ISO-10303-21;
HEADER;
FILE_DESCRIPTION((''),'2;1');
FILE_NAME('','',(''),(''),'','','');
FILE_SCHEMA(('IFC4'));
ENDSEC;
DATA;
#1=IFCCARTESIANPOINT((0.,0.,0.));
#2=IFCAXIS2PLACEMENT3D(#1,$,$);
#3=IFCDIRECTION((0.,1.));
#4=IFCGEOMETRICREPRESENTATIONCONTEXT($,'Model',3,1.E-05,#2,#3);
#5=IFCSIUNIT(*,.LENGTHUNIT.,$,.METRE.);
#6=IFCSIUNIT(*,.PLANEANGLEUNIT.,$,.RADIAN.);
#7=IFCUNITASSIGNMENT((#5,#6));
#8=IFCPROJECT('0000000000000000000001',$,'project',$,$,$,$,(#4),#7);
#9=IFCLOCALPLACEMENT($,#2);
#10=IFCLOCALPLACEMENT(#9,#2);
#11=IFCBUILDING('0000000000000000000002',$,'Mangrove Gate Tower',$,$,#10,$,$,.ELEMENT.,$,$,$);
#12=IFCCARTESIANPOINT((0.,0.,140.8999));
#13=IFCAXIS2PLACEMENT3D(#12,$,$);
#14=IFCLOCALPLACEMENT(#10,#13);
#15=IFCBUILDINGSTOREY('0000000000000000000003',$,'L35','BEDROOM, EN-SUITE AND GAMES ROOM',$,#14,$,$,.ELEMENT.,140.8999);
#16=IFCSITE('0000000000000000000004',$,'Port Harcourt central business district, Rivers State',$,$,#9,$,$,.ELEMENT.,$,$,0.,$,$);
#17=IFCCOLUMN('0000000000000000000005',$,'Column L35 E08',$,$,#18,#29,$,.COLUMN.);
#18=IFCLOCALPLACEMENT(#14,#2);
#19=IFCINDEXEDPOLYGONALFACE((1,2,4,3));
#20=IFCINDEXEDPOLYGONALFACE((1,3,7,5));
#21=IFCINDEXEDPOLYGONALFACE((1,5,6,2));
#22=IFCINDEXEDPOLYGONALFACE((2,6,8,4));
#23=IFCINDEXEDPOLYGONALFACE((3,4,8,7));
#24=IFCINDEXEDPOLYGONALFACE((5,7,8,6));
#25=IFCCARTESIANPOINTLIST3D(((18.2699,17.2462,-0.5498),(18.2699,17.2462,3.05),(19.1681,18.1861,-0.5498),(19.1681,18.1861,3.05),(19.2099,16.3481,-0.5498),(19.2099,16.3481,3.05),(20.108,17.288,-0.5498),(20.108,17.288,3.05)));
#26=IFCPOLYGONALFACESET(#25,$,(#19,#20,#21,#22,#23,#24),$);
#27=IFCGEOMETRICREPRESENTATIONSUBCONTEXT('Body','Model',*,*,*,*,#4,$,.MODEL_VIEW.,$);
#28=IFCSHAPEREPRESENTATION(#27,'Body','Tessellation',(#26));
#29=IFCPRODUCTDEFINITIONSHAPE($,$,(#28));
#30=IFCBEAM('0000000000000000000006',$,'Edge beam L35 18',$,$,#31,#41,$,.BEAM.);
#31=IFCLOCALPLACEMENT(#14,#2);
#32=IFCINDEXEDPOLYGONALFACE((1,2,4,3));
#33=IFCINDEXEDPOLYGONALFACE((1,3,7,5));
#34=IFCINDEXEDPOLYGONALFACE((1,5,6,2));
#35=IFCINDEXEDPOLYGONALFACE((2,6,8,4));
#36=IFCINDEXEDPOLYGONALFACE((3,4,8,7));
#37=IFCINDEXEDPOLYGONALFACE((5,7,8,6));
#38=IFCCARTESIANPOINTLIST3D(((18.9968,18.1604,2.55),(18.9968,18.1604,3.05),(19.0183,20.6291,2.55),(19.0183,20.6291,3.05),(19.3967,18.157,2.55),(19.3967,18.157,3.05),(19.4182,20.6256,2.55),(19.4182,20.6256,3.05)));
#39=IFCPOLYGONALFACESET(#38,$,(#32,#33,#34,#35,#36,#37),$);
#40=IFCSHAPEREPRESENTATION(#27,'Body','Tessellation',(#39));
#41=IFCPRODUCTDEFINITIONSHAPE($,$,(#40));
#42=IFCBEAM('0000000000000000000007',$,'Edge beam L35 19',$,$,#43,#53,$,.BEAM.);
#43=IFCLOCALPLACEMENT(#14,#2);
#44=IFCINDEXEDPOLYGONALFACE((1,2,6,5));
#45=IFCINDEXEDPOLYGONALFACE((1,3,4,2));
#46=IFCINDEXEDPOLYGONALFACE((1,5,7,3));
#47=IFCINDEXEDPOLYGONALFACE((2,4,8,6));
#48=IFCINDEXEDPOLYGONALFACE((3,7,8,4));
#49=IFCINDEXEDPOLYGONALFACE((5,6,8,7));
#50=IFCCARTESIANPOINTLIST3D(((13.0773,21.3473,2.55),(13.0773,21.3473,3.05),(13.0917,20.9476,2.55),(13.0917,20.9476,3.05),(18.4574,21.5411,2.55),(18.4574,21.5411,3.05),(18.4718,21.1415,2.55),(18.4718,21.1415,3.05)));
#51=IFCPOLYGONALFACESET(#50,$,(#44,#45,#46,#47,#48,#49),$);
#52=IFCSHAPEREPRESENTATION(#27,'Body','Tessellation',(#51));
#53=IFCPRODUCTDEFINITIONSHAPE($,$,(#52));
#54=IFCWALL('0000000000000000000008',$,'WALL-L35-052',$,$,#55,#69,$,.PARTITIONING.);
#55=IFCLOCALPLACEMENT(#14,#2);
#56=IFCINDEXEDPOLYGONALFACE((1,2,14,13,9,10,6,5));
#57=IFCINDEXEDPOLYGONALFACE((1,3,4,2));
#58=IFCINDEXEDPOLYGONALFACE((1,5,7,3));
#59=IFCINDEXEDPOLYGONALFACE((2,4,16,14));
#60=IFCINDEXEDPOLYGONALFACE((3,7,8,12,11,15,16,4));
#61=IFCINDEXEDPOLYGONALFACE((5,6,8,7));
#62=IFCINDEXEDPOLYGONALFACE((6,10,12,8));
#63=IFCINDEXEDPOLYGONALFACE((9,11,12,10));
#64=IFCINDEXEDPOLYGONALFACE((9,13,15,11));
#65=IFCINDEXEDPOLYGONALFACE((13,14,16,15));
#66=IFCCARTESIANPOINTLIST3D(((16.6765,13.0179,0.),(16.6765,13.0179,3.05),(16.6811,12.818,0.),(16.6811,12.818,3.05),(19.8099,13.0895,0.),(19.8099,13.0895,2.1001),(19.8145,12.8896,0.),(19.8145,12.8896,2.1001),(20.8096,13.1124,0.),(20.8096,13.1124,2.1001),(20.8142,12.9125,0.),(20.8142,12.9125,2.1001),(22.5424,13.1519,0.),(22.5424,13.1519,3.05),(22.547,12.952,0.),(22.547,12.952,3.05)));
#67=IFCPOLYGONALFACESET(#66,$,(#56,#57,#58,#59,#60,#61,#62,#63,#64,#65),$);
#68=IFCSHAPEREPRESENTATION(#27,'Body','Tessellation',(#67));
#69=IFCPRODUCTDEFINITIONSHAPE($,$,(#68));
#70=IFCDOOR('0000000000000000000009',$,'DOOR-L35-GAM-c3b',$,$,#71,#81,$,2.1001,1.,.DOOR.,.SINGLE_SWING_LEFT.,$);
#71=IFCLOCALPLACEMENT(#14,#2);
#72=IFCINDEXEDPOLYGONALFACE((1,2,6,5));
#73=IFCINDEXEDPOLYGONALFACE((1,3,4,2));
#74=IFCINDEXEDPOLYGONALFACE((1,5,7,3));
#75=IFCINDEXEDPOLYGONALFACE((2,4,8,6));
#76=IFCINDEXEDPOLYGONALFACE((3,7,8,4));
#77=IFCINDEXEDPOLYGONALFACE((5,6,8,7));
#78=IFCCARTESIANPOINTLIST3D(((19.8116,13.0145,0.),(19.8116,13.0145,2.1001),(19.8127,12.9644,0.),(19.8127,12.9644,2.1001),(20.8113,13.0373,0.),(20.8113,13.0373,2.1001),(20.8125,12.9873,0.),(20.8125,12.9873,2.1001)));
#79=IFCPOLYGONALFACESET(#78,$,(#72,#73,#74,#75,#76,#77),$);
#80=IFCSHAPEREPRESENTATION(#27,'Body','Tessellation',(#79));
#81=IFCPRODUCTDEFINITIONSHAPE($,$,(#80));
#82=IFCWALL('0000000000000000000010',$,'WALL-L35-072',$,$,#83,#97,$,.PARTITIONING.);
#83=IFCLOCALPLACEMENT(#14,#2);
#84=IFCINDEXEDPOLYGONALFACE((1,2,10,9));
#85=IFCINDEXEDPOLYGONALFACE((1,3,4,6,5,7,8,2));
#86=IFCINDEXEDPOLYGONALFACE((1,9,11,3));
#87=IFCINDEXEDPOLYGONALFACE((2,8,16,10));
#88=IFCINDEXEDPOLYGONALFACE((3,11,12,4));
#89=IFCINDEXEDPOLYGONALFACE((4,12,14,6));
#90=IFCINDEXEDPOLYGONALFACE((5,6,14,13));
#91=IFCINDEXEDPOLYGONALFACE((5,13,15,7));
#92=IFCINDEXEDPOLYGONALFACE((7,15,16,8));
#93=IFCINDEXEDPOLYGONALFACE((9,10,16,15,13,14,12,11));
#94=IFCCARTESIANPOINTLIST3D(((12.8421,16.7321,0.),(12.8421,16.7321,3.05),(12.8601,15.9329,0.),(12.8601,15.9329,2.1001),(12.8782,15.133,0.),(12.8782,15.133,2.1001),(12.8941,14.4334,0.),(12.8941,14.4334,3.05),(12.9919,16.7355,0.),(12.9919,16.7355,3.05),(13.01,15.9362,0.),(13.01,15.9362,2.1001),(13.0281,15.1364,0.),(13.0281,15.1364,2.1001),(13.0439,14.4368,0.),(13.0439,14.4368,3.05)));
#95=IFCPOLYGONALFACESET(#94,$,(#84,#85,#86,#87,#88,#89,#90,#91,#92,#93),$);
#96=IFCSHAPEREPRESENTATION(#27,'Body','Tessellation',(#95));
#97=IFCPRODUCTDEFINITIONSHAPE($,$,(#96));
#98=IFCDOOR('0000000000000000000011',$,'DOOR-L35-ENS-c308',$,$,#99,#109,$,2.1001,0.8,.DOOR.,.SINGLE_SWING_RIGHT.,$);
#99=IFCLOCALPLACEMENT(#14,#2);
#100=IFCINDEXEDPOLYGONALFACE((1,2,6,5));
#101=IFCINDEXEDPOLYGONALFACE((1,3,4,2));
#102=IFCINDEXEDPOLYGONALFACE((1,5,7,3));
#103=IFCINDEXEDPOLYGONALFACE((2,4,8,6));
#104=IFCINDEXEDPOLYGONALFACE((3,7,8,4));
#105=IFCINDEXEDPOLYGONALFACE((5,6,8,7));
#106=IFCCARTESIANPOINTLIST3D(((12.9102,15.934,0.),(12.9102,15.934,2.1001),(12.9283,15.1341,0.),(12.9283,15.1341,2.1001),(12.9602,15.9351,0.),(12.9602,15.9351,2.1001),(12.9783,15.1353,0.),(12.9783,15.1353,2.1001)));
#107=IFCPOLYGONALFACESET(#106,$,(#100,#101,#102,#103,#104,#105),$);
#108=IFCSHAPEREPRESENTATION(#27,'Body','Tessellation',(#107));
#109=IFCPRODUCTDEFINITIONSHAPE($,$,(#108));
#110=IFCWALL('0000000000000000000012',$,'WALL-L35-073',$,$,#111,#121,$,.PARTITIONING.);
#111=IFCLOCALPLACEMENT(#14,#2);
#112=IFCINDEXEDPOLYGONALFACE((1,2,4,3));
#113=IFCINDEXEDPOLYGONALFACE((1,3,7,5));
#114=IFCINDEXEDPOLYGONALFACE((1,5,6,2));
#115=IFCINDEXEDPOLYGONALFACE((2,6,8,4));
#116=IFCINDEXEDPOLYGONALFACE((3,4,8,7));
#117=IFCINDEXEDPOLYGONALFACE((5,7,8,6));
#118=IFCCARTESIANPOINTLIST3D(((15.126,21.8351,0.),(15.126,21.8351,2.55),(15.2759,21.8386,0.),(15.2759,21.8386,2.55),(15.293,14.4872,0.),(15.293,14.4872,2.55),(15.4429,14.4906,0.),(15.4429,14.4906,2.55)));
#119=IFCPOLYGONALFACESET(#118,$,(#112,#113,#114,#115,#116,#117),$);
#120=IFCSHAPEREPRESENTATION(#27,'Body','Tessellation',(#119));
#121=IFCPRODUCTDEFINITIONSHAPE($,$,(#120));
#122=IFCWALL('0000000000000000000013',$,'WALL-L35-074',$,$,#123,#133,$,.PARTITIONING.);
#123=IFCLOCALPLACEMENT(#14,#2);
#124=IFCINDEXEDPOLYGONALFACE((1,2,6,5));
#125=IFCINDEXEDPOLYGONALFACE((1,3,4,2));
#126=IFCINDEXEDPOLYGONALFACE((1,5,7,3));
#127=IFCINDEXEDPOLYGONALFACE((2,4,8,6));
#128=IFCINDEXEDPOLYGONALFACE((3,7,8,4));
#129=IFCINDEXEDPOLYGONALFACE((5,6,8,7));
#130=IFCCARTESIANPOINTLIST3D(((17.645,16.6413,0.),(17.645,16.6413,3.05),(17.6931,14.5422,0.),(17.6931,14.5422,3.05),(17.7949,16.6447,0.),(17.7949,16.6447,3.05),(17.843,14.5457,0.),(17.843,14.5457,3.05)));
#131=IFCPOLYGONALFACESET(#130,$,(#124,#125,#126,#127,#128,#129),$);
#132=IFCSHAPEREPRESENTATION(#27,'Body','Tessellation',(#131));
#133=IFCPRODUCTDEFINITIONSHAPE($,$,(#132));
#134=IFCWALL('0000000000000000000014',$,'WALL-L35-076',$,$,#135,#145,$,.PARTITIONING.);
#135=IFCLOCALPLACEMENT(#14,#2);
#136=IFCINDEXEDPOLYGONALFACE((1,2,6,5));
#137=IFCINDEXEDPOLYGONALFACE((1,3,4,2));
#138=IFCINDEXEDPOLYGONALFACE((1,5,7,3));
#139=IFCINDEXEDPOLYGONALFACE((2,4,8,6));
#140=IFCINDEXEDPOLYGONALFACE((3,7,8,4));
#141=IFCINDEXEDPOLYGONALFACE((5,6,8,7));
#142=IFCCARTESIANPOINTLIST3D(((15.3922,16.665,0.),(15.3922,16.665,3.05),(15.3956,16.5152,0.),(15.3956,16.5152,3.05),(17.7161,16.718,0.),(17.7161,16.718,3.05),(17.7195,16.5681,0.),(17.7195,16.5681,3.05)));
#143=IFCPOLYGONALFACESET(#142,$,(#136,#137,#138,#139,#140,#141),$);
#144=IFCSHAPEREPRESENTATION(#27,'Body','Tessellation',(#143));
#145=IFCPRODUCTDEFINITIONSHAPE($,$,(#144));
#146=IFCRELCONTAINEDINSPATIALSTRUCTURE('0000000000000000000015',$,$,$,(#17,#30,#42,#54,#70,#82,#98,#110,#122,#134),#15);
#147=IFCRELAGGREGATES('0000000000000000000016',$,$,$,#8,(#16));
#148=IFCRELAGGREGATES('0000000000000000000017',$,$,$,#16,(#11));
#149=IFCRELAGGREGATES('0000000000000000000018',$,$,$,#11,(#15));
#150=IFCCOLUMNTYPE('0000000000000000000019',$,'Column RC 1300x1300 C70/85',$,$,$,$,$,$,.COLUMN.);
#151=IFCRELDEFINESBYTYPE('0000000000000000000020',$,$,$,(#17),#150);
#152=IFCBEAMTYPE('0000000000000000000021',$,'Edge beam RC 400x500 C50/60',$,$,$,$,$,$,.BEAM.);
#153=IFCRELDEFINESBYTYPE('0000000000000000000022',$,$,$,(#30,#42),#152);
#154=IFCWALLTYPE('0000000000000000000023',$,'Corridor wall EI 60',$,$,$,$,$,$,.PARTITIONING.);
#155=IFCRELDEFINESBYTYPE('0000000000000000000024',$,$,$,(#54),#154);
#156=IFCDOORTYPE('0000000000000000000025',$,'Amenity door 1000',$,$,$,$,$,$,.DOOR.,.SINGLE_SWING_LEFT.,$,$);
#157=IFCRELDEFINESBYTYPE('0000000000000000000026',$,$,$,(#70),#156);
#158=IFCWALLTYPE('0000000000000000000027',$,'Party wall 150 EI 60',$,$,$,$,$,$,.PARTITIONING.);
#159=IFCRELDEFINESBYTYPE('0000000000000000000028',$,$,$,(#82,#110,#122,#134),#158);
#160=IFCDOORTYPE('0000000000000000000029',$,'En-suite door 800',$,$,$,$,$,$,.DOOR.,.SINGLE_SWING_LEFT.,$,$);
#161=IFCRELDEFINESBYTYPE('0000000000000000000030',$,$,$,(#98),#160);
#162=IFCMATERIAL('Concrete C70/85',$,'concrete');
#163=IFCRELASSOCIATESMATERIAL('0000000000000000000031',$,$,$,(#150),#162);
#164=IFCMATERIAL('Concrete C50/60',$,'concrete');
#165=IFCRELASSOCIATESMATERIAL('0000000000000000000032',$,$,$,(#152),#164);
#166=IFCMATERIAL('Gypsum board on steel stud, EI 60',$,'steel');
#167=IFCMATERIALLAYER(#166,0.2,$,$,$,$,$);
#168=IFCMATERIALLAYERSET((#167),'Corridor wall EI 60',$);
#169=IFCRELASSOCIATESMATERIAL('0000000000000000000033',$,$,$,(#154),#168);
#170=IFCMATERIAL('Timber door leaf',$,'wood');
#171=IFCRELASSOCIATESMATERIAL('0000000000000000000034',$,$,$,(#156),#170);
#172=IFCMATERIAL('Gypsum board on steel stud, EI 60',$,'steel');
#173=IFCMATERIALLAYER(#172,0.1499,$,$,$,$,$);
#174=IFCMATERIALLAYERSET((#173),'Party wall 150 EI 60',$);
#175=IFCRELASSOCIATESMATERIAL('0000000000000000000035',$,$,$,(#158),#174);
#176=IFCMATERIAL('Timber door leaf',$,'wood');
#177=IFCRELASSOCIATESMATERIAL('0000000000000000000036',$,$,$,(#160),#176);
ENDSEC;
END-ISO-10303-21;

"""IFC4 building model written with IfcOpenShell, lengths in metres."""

from ifc_helpers import new_model, si_unit, direction, frame, frame_2d, origin, origin_2d, place, context, subcontext, project, spatial, rectangle, extrude, material, layer, layer_set, material_profile, profile_set, type_object, element, fill, save


model = new_model("IFC4")

# Units and contexts
model_context = context("Model", 3, precision=1e-05, world=origin(), true_north=direction((0.0, 1.0)))
body_context = subcontext(model_context, "Body", "Model", "MODEL_VIEW")
ifc_project = project(units=[si_unit("LENGTHUNIT", "METRE"), si_unit("PLANEANGLEUNIT", "RADIAN")], contexts=[model_context])

# Site, building, storey
site_placement = place(None, origin())
site = spatial("IfcSite", under=ifc_project, at=site_placement, Name="Port Harcourt central business district, Rivers State", CompositionType="ELEMENT", RefElevation=0.0)
building_placement = place(site_placement, origin())
building = spatial("IfcBuilding", under=site, at=building_placement, Name="Mangrove Gate Tower", CompositionType="ELEMENT")
storey_placement = place(building_placement, frame((0.0, 0.0, 140.8999)))
storey = spatial("IfcBuildingStorey", under=building, at=storey_placement, Name="L35", Description="BEDROOM, EN-SUITE AND GAMES ROOM", CompositionType="ELEMENT", Elevation=140.8999)

# Column
ifc_material_1 = material(Name="Concrete C70/85", Category="concrete")
ifc_material_profile_1 = material_profile(ifc_material_1, rectangle(XDim=1.3, YDim=1.3, at=origin_2d()))
ifc_profile_set_1 = profile_set([ifc_material_profile_1], Name="Concrete C70/85")
column_type = type_object("IfcColumnType", Name="Column RC 1300x1300 C70/85", PredefinedType="COLUMN", material=ifc_profile_set_1)
column_placement = place(storey_placement, frame((19.189, 17.2671, -0.5498), z_axis=(0.0, 0.0, 1.0), x_axis=(-0.723, 0.690848, 0.0)))
element("IfcColumn", 1, at=column_placement, inside=storey, type_object=column_type, Name="Column L35 E08", PredefinedType="COLUMN", context=body_context, shape_type="SweptSolid", body=[
    extrude(rectangle(XDim=1.3, YDim=1.3, at=origin_2d()), origin(), (0.0, 0.0, 1.0), 3.5999),
])

# Beams
ifc_material_2 = material(Name="Concrete C50/60", Category="concrete")
ifc_material_profile_2 = material_profile(ifc_material_2, rectangle(XDim=0.3999, YDim=0.5, at=origin_2d()))
ifc_profile_set_2 = profile_set([ifc_material_profile_2], Name="Concrete C50/60")
beam_type = type_object("IfcBeamType", Name="Edge beam RC 400x500 C50/60", PredefinedType="BEAM", material=ifc_profile_set_2)
beam_1_placement = place(storey_placement, frame((19.1968, 18.1587, 2.8), z_axis=(0.008702, 0.999962, 0.0), x_axis=(-0.999962, 0.008702, 0.0)))
element("IfcBeam", 2, at=beam_1_placement, inside=storey, type_object=beam_type, Name="Edge beam L35 18", PredefinedType="BEAM", context=body_context, shape_type="SweptSolid", body=[
    extrude(rectangle(XDim=0.3999, YDim=0.5, at=origin_2d()), origin(), (0.0, 0.0, 1.0), 2.4688),
])
beam_2_placement = place(storey_placement, frame((18.4646, 21.3413, 2.8), z_axis=(-0.999352, -0.036007, 0.0), x_axis=(0.036007, -0.999352, 0.0)))
element("IfcBeam", 3, at=beam_2_placement, inside=storey, type_object=beam_type, Name="Edge beam L35 19", PredefinedType="BEAM", context=body_context, shape_type="SweptSolid", body=[
    extrude(rectangle(XDim=0.3999, YDim=0.5, at=origin_2d()), origin(), (0.0, 0.0, 1.0), 5.3835),
])

# Walls, openings, doors
ifc_material_3 = material(Name="Gypsum board on steel stud, EI 60", Category="steel")
ifc_layer_1 = layer(ifc_material_3, 0.2)
ifc_layer_set_1 = layer_set([ifc_layer_1], Name="Corridor wall EI 60")
wall_type_1 = type_object("IfcWallType", Name="Corridor wall EI 60", PredefinedType="PARTITIONING", material=ifc_layer_set_1)
wall_1_placement = place(storey_placement, frame((16.679, 12.918, 0.0), z_axis=(0.0, 0.0, 1.0), x_axis=(0.999739, 0.022843, 0.0)))
wall_1 = element("IfcWall", 4, at=wall_1_placement, inside=storey, type_object=wall_type_1, Name="WALL-L35-052", PredefinedType="PARTITIONING", context=body_context, shape_type="SweptSolid", body=[
    extrude(rectangle(XDim=5.8674, YDim=0.2, at=frame_2d((2.9336, 0.0))), origin(), (0.0, 0.0, 1.0), 3.05),
])
opening_1_placement = place(wall_1_placement, frame((3.134, 0.0, 0.0)))
opening_1 = element("IfcOpeningElement", 5, at=opening_1_placement, cuts=wall_1, PredefinedType="OPENING", context=body_context, shape_type="SweptSolid", body=[
    extrude(rectangle(XDim=1.0, YDim=2.1001, at=frame_2d((0.5, 1.05))), frame((0.0, 0.1099, 0.0), z_axis=(0.0, -1.0, 0.0), x_axis=(1.0, 0.0, 0.0)), (0.0, 0.0, 1.0), 0.22),
])
ifc_material_4 = material(Name="Timber door leaf", Category="wood")
door_type_1 = type_object("IfcDoorType", Name="Amenity door 1000", OperationType="SINGLE_SWING_LEFT", PredefinedType="DOOR", material=ifc_material_4)
door_1_placement = place(opening_1_placement, origin())
door_1 = element("IfcDoor", 6, at=door_1_placement, inside=storey, type_object=door_type_1, Name="DOOR-L35-GAM-c3b", OperationType="SINGLE_SWING_LEFT", OverallHeight=2.1001, OverallWidth=1.0, PredefinedType="DOOR", context=body_context, shape_type="SweptSolid", body=[
    extrude(rectangle(XDim=1.0, YDim=2.1001, at=frame_2d((0.5, 1.05))), frame((0.0, 0.0249, 0.0), z_axis=(0.0, -1.0, 0.0), x_axis=(1.0, 0.0, 0.0)), (0.0, 0.0, 1.0), 0.05),
])
fill(opening_1, door_1)
ifc_material_5 = material(Name="Gypsum board on steel stud, EI 60", Category="steel")
ifc_layer_2 = layer(ifc_material_5, 0.1499)
ifc_layer_set_2 = layer_set([ifc_layer_2], Name="Party wall 150 EI 60")
wall_type_2 = type_object("IfcWallType", Name="Party wall 150 EI 60", PredefinedType="PARTITIONING", material=ifc_layer_set_2)
wall_2_placement = place(storey_placement, frame((12.969, 14.4351, 0.0), z_axis=(0.0, 0.0, 1.0), x_axis=(-0.022615, 0.999744, 0.0)))
wall_2 = element("IfcWall", 7, at=wall_2_placement, inside=storey, type_object=wall_type_2, Name="WALL-L35-072", PredefinedType="PARTITIONING", context=body_context, shape_type="SweptSolid", body=[
    extrude(rectangle(XDim=2.2993, YDim=0.1499, at=frame_2d((1.1497, 0.0))), origin(), (0.0, 0.0, 1.0), 3.05),
])
opening_2_placement = place(wall_2_placement, frame((0.7, 0.0, 0.0)))
opening_2 = element("IfcOpeningElement", 8, at=opening_2_placement, cuts=wall_2, PredefinedType="OPENING", context=body_context, shape_type="SweptSolid", body=[
    extrude(rectangle(XDim=0.8, YDim=2.1001, at=frame_2d((0.3999, 1.05))), frame((0.0, 0.085, 0.0), z_axis=(0.0, -1.0, 0.0), x_axis=(1.0, 0.0, 0.0)), (0.0, 0.0, 1.0), 0.1699),
])
ifc_material_6 = material(Name="Timber door leaf", Category="wood")
door_type_2 = type_object("IfcDoorType", Name="En-suite door 800", OperationType="SINGLE_SWING_LEFT", PredefinedType="DOOR", material=ifc_material_6)
door_2_placement = place(opening_2_placement, origin())
door_2 = element("IfcDoor", 9, at=door_2_placement, inside=storey, type_object=door_type_2, Name="DOOR-L35-ENS-c308", OperationType="SINGLE_SWING_RIGHT", OverallHeight=2.1001, OverallWidth=0.8, PredefinedType="DOOR", context=body_context, shape_type="SweptSolid", body=[
    extrude(rectangle(XDim=0.8, YDim=2.1001, at=frame_2d((0.3999, 1.05))), frame((0.0, 0.0249, 0.0), z_axis=(0.0, -1.0, 0.0), x_axis=(1.0, 0.0, 0.0)), (0.0, 0.0, 1.0), 0.05),
])
fill(opening_2, door_2)

# Walls
wall_3_placement = place(storey_placement, frame((15.3679, 14.489, 0.0), z_axis=(0.0, 0.0, 1.0), x_axis=(-0.022721, 0.999742, 0.0)))
element("IfcWall", 10, at=wall_3_placement, inside=storey, type_object=wall_type_2, Name="WALL-L35-073", PredefinedType="PARTITIONING", context=body_context, shape_type="SweptSolid", body=[
    extrude(rectangle(XDim=7.3499, YDim=0.1499, at=frame_2d((3.6748, 0.0))), origin(), (0.0, 0.0, 1.0), 2.55),
])
wall_4_placement = place(storey_placement, frame((17.7681, 14.5439, 0.0), z_axis=(0.0, 0.0, 1.0), x_axis=(-0.022906, 0.999738, 0.0)))
element("IfcWall", 11, at=wall_4_placement, inside=storey, type_object=wall_type_2, Name="WALL-L35-074", PredefinedType="PARTITIONING", context=body_context, shape_type="SweptSolid", body=[
    extrude(rectangle(XDim=2.0996, YDim=0.1499, at=frame_2d((1.0498, 0.0))), origin(), (0.0, 0.0, 1.0), 3.05),
])
wall_5_placement = place(storey_placement, frame((15.394, 16.5901, 0.0), z_axis=(0.0, 0.0, 1.0), x_axis=(0.99974, 0.022791, 0.0)))
element("IfcWall", 12, at=wall_5_placement, inside=storey, type_object=wall_type_2, Name="WALL-L35-076", PredefinedType="PARTITIONING", context=body_context, shape_type="SweptSolid", body=[
    extrude(rectangle(XDim=2.3245, YDim=0.1499, at=frame_2d((1.1621, 0.0))), origin(), (0.0, 0.0, 1.0), 3.05),
])

save(model, "model.ifc")
